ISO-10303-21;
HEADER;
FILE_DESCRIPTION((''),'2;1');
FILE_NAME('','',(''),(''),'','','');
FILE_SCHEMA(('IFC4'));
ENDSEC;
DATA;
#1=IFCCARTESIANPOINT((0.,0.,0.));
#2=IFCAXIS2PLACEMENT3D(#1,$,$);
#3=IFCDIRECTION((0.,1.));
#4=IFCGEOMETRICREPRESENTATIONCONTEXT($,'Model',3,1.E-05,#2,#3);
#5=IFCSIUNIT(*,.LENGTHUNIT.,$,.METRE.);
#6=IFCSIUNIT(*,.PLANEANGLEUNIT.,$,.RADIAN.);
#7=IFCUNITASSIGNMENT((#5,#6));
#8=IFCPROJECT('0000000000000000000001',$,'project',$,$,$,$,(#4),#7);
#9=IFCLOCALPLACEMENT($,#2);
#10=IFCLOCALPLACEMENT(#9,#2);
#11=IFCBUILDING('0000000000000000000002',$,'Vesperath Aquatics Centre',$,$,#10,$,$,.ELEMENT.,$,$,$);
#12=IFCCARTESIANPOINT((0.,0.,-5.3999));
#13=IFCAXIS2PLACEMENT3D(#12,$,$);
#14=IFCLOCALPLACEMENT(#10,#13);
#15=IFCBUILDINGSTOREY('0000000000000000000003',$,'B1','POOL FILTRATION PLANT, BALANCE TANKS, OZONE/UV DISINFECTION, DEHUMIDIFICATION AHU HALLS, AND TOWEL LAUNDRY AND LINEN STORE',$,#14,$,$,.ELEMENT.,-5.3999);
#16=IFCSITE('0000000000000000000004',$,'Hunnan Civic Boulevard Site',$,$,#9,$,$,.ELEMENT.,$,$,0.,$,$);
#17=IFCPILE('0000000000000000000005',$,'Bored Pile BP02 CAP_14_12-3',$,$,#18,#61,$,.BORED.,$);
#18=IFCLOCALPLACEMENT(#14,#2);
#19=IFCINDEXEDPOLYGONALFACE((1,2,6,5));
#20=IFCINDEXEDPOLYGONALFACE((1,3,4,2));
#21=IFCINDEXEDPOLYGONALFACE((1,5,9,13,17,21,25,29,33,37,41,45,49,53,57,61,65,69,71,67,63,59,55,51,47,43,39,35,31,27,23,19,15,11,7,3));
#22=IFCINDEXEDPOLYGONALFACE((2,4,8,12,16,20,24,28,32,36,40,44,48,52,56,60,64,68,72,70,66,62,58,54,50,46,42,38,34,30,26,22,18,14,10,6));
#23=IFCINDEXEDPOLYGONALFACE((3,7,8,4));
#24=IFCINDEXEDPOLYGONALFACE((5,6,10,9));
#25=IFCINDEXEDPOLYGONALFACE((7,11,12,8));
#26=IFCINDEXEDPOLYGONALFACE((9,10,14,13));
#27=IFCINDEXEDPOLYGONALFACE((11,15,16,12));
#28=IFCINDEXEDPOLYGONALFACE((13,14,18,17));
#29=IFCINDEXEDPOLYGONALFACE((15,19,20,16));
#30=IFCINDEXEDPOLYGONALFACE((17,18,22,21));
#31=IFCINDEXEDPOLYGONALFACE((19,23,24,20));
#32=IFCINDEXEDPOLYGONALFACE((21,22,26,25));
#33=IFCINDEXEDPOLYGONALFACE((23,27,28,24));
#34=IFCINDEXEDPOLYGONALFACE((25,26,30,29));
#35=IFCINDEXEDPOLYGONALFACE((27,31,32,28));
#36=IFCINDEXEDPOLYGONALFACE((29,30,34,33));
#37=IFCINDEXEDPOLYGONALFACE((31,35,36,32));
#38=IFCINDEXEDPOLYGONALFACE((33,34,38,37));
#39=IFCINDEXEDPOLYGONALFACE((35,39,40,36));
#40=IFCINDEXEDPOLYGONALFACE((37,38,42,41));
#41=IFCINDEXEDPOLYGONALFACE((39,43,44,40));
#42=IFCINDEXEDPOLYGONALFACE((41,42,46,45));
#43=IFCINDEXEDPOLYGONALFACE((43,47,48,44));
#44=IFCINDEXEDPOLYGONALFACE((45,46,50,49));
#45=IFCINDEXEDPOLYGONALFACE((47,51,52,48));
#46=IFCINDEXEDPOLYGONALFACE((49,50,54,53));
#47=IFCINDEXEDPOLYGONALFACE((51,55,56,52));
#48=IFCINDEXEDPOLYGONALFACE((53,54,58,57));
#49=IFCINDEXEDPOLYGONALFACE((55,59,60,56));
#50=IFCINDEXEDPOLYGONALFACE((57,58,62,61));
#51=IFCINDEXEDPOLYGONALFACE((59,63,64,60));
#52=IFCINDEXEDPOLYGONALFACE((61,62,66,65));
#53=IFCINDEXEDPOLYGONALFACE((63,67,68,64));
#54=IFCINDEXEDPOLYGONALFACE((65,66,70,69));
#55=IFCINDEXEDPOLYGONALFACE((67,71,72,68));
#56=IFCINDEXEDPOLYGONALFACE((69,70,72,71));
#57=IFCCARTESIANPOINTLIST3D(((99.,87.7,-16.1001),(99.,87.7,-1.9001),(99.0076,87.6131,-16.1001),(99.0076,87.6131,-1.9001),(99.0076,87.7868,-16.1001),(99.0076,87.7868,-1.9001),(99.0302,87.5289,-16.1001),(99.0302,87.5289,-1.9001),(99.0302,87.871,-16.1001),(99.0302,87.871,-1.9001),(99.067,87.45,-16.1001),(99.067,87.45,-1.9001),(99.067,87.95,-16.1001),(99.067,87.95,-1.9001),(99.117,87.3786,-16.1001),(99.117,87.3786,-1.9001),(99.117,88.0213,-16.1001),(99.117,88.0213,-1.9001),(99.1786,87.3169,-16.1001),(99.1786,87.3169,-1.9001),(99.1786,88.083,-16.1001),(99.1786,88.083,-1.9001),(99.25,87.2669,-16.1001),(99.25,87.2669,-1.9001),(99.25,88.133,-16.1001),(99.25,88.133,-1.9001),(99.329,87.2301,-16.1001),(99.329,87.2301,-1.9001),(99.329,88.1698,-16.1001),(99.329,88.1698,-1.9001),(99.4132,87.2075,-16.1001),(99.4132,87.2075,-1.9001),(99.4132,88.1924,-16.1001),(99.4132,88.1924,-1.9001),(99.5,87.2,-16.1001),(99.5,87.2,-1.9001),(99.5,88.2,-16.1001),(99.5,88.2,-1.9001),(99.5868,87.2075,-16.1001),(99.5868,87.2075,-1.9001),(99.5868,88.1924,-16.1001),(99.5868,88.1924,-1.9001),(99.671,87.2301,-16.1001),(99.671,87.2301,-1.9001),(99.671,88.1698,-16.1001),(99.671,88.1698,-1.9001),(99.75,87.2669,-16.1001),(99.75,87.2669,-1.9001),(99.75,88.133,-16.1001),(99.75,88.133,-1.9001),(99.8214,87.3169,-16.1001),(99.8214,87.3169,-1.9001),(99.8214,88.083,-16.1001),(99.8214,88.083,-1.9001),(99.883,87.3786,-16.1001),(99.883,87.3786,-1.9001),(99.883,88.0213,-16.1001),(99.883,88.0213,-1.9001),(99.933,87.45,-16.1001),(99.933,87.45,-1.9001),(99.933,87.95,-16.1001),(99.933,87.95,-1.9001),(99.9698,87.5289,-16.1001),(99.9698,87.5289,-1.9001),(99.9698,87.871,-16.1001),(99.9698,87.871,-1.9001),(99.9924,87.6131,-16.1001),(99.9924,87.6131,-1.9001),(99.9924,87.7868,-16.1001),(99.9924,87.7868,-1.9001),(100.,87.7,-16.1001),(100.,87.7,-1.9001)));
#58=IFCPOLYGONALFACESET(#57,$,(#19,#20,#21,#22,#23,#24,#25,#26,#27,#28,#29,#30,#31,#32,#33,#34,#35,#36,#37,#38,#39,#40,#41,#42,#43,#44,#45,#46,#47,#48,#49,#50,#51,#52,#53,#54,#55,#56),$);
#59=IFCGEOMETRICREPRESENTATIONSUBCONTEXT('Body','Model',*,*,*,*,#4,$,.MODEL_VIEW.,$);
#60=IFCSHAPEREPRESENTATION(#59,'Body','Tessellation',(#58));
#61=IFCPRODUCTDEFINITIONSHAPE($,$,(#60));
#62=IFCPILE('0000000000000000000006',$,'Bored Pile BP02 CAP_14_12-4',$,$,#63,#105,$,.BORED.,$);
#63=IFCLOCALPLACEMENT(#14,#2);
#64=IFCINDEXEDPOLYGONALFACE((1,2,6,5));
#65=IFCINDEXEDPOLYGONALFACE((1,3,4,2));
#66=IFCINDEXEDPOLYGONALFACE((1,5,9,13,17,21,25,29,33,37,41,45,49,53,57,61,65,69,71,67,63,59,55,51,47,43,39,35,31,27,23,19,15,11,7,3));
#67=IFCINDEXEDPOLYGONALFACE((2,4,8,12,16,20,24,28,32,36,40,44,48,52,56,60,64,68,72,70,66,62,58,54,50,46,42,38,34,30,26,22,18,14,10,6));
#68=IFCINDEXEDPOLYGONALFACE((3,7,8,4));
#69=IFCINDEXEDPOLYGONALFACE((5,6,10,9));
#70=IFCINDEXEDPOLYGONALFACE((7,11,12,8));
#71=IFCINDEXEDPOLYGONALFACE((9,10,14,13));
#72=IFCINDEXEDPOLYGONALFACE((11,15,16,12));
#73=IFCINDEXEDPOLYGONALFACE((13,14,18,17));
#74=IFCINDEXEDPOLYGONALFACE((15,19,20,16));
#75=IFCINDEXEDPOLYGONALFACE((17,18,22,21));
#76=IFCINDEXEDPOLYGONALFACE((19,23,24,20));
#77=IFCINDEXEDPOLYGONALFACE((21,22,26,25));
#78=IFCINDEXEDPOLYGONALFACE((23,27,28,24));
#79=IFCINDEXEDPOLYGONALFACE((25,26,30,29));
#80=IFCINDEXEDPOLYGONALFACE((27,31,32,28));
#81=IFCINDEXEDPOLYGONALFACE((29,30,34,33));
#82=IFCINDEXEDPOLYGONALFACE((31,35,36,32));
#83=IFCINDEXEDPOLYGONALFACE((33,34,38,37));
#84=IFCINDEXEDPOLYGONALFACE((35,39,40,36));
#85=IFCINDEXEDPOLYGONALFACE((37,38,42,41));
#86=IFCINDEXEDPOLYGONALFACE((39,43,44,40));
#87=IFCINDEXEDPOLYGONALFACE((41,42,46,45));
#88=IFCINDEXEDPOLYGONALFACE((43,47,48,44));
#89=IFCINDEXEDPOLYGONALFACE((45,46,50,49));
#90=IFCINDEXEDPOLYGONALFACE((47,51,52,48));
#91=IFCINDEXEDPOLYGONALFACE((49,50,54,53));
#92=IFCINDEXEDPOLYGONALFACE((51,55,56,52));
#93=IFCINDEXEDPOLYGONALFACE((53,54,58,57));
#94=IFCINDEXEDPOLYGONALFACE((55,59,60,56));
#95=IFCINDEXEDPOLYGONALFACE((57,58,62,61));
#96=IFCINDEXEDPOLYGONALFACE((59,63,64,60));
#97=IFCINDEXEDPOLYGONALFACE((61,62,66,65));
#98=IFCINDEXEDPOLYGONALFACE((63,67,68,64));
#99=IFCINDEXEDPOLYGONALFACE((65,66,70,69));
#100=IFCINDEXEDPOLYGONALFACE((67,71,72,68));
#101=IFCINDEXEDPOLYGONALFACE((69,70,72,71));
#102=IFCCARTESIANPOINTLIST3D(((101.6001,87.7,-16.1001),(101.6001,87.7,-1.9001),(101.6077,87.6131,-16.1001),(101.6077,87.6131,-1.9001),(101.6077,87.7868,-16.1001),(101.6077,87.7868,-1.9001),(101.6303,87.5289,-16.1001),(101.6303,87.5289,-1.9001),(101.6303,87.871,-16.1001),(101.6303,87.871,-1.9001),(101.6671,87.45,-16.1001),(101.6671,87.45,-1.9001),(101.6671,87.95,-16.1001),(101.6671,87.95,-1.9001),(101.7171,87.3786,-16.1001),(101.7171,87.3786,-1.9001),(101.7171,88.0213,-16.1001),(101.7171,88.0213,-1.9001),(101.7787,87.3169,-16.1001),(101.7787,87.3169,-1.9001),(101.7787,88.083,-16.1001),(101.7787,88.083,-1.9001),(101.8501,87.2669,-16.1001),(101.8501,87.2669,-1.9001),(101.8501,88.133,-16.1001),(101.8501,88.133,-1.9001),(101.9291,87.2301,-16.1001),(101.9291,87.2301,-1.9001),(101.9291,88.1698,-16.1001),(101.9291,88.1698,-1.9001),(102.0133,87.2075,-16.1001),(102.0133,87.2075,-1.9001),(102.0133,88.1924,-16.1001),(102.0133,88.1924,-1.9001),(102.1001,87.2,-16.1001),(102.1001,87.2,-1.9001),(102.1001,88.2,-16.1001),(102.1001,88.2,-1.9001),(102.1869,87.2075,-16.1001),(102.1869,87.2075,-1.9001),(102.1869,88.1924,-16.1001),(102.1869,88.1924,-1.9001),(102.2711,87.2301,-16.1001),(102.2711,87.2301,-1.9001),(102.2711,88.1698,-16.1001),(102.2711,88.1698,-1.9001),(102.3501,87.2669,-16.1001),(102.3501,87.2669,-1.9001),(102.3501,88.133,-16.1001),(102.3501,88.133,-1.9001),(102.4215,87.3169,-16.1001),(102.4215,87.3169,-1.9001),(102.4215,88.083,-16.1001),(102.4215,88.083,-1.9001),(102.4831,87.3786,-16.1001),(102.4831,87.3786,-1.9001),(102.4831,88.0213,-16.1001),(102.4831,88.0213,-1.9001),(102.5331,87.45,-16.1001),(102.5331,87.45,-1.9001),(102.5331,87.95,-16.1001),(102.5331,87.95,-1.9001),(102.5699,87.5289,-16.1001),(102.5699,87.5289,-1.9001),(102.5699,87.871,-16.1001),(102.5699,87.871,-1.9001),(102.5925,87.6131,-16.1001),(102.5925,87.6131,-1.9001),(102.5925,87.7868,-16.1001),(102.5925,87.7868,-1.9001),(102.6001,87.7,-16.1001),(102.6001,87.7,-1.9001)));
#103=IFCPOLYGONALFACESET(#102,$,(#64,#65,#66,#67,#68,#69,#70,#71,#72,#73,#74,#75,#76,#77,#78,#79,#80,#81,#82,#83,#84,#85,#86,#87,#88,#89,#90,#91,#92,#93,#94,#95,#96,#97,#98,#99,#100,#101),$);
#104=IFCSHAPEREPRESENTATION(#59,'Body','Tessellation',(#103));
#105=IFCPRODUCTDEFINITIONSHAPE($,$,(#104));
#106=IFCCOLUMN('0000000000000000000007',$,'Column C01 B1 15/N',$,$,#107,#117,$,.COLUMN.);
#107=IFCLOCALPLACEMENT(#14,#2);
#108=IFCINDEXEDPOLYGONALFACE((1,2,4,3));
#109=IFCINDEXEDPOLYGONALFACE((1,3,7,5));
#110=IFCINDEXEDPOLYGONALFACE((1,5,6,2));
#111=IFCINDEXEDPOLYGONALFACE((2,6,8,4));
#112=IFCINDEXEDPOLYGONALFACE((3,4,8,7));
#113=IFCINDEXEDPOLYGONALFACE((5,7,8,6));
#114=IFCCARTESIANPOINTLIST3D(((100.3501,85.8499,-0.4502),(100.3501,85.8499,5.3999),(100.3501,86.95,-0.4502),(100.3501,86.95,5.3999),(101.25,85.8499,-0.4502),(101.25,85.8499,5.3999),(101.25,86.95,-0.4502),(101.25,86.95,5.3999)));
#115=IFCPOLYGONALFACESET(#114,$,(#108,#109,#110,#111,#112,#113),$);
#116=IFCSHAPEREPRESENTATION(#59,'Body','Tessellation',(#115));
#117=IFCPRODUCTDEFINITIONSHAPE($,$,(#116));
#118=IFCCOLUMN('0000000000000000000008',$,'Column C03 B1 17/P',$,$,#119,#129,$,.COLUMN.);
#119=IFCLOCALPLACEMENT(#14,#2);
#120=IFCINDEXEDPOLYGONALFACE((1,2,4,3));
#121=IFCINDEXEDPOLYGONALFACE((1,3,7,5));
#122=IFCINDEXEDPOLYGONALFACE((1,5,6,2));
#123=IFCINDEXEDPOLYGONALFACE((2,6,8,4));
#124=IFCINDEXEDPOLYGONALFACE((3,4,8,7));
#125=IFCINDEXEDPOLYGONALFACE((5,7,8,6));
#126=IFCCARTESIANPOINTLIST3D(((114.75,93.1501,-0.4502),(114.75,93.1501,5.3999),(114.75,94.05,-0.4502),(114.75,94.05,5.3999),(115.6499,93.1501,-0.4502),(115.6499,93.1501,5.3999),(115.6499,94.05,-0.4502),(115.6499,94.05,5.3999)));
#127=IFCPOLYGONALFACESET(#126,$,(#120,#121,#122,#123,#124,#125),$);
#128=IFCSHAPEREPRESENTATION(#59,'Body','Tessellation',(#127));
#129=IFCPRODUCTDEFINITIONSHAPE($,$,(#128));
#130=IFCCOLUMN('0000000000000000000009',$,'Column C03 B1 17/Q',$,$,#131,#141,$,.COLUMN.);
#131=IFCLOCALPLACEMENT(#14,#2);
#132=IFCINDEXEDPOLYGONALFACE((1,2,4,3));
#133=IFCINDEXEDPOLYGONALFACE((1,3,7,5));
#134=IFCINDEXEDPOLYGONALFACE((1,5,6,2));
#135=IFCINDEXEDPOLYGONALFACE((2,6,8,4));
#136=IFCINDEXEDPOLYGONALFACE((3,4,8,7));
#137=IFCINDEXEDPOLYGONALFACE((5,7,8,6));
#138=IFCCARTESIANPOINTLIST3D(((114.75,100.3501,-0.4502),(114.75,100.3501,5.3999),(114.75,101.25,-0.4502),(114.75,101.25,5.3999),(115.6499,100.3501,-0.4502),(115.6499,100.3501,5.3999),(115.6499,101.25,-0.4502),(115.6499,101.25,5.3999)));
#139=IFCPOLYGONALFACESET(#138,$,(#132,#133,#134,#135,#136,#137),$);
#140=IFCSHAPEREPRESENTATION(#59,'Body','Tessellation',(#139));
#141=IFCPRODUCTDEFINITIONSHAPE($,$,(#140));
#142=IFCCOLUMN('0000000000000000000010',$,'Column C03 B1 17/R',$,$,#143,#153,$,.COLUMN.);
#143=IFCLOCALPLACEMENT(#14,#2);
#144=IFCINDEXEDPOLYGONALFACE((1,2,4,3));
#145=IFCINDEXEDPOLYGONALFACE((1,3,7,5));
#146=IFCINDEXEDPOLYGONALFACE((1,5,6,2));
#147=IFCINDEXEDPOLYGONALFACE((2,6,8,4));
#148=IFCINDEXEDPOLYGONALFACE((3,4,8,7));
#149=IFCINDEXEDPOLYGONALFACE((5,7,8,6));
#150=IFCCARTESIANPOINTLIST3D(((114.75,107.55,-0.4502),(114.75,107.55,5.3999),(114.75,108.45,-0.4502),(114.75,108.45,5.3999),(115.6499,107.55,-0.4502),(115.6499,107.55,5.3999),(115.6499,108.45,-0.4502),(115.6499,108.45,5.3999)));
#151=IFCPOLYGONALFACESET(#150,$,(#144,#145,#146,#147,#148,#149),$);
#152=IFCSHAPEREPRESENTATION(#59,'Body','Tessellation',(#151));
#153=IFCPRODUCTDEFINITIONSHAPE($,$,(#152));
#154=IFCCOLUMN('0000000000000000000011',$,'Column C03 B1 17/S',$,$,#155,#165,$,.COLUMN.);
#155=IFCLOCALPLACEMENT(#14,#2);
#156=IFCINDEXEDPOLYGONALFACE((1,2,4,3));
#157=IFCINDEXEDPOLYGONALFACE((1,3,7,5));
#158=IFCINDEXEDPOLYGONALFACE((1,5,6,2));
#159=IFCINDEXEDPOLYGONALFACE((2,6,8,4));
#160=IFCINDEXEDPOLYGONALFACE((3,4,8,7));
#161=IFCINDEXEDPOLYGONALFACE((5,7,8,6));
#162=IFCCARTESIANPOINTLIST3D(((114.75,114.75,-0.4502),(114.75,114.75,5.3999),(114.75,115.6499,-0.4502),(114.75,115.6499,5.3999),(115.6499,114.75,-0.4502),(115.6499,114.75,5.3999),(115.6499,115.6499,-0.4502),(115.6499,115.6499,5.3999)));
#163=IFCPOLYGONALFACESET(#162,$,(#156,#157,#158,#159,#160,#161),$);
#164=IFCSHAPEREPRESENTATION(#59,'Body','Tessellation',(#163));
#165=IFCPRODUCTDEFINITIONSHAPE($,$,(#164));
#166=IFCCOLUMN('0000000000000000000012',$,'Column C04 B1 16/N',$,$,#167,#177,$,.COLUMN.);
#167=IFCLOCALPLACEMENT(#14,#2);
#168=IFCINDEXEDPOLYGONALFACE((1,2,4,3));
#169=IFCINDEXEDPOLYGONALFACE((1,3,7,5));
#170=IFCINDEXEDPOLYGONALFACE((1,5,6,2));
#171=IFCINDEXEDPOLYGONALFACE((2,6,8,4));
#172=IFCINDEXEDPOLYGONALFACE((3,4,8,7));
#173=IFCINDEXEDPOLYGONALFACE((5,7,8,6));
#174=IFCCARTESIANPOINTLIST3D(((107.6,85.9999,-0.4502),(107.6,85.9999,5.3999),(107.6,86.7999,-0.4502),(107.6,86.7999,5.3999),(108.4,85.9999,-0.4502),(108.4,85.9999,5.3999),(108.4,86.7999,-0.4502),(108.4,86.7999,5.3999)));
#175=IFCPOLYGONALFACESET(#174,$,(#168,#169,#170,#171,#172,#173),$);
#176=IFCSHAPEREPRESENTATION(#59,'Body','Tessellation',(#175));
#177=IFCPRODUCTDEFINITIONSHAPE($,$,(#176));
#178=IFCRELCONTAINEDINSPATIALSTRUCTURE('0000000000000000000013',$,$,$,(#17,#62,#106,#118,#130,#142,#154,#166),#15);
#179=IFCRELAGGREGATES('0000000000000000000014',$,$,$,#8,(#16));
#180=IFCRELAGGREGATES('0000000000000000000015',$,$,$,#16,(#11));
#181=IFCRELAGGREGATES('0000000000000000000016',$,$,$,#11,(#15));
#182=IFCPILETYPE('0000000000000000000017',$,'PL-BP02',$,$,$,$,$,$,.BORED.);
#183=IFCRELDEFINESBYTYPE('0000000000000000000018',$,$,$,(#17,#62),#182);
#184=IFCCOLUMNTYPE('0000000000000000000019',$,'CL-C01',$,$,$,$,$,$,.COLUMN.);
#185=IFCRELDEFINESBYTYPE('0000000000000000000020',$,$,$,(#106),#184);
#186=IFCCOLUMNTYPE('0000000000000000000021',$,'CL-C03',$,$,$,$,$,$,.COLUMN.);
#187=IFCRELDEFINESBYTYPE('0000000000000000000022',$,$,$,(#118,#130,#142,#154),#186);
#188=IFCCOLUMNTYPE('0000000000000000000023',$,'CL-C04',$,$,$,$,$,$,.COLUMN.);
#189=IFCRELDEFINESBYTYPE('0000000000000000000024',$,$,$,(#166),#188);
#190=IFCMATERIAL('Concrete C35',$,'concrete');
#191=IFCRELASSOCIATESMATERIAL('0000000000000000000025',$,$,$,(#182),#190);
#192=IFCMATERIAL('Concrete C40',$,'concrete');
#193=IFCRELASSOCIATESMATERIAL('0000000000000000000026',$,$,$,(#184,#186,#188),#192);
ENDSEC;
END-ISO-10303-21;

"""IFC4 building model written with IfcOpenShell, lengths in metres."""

from ifc_helpers import new_model, si_unit, direction, frame, origin, origin_2d, place, context, subcontext, project, spatial, rectangle, circle, extrude, material, material_profile, profile_set, type_object, element, save


model = new_model("IFC4")

# Units and contexts
model_context = context("Model", 3, precision=1e-05, world=origin(), true_north=direction((0.0, 1.0)))
body_context = subcontext(model_context, "Body", "Model", "MODEL_VIEW")
ifc_project = project(units=[si_unit("LENGTHUNIT", "METRE"), si_unit("PLANEANGLEUNIT", "RADIAN")], contexts=[model_context])

# Site, building, storey
site_placement = place(None, origin())
site = spatial("IfcSite", under=ifc_project, at=site_placement, Name="Hunnan Civic Boulevard Site", CompositionType="ELEMENT", RefElevation=0.0)
building_placement = place(site_placement, origin())
building = spatial("IfcBuilding", under=site, at=building_placement, Name="Vesperath Aquatics Centre", CompositionType="ELEMENT")
storey_placement = place(building_placement, frame((0.0, 0.0, -5.3999)))
storey = spatial("IfcBuildingStorey", under=building, at=storey_placement, Name="B1", Description="POOL FILTRATION PLANT, BALANCE TANKS, OZONE/UV DISINFECTION, DEHUMIDIFICATION AHU HALLS, AND TOWEL LAUNDRY AND LINEN STORE", CompositionType="ELEMENT", Elevation=-5.3999)

# Shared definitions
ifc_material_1 = material(Name="Concrete C40", Category="concrete")

# Piles
ifc_material_2 = material(Name="Concrete C35", Category="concrete")
ifc_material_profile_1 = material_profile(ifc_material_2, circle(Radius=0.5, at=origin_2d()), Name="PILE D1000")
ifc_profile_set_1 = profile_set([ifc_material_profile_1], Name="Concrete C35")
pile_type_1 = type_object("IfcPileType", Name="PL-BP02", PredefinedType="BORED", material=ifc_profile_set_1)
for number, where, z_axis, x_axis, name in (
    (1, (99.5, 87.7, -1.9001), (0.0, 0.0, -1.0), (1.0, 0.0, 0.0), "Bored Pile BP02 CAP_14_12-3"),
    (2, (102.1001, 87.7, -1.9001), (0.0, 0.0, -1.0), (1.0, 0.0, 0.0), "Bored Pile BP02 CAP_14_12-4"),
):
    element("IfcPile", number, at=place(storey_placement, frame(where, z_axis=z_axis, x_axis=x_axis)), inside=storey, type_object=pile_type_1, Name=name, PredefinedType="BORED", context=body_context, shape_type="SweptSolid", body=[
        extrude(circle(Radius=0.5, at=origin_2d()), origin(), (0.0, 0.0, 1.0), 14.2),
    ])

# Columns
ifc_material_profile_2 = material_profile(ifc_material_1, rectangle(XDim=0.8999, YDim=1.1001, at=origin_2d()), Name="RC 1100x900")
ifc_profile_set_2 = profile_set([ifc_material_profile_2], Name="Concrete C40")
column_type_1 = type_object("IfcColumnType", Name="CL-C01", PredefinedType="COLUMN", material=ifc_profile_set_2)
column_1_placement = place(storey_placement, frame((100.8, 86.3999, -0.4502), z_axis=(0.0, 0.0, 1.0), x_axis=(1.0, 0.0, 0.0)))
element("IfcColumn", 3, at=column_1_placement, inside=storey, type_object=column_type_1, Name="Column C01 B1 15/N", PredefinedType="COLUMN", context=body_context, shape_type="SweptSolid", body=[
    extrude(rectangle(XDim=0.8999, YDim=1.1001, at=origin_2d()), origin(), (0.0, 0.0, 1.0), 5.8501),
])
ifc_material_profile_3 = material_profile(ifc_material_1, rectangle(XDim=0.8999, YDim=0.8999, at=origin_2d()), Name="RC 900x900")
ifc_profile_set_3 = profile_set([ifc_material_profile_3], Name="Concrete C40")
column_type_2 = type_object("IfcColumnType", Name="CL-C03", PredefinedType="COLUMN", material=ifc_profile_set_3)
for number, where, z_axis, x_axis, name in (
    (4, (115.2, 93.6001, -0.4502), (0.0, 0.0, 1.0), (1.0, 0.0, 0.0), "Column C03 B1 17/P"),
    (5, (115.2, 100.8, -0.4502), (0.0, 0.0, 1.0), (1.0, 0.0, 0.0), "Column C03 B1 17/Q"),
    (6, (115.2, 108.0, -0.4502), (0.0, 0.0, 1.0), (1.0, 0.0, 0.0), "Column C03 B1 17/R"),
    (7, (115.2, 115.2, -0.4502), (0.0, 0.0, 1.0), (1.0, 0.0, 0.0), "Column C03 B1 17/S"),
):
    element("IfcColumn", number, at=place(storey_placement, frame(where, z_axis=z_axis, x_axis=x_axis)), inside=storey, type_object=column_type_2, Name=name, PredefinedType="COLUMN", context=body_context, shape_type="SweptSolid", body=[
        extrude(rectangle(XDim=0.8999, YDim=0.8999, at=origin_2d()), origin(), (0.0, 0.0, 1.0), 5.8501),
    ])
ifc_material_profile_4 = material_profile(ifc_material_1, rectangle(XDim=0.8, YDim=0.8, at=origin_2d()), Name="RC 800x800")
ifc_profile_set_4 = profile_set([ifc_material_profile_4], Name="Concrete C40")
column_type_3 = type_object("IfcColumnType", Name="CL-C04", PredefinedType="COLUMN", material=ifc_profile_set_4)
column_2_placement = place(storey_placement, frame((108.0, 86.3999, -0.4502), z_axis=(0.0, 0.0, 1.0), x_axis=(1.0, 0.0, 0.0)))
element("IfcColumn", 8, at=column_2_placement, inside=storey, type_object=column_type_3, Name="Column C04 B1 16/N", PredefinedType="COLUMN", context=body_context, shape_type="SweptSolid", body=[
    extrude(rectangle(XDim=0.8, YDim=0.8, at=origin_2d()), origin(), (0.0, 0.0, 1.0), 5.8501),
])

save(model, "model.ifc")
